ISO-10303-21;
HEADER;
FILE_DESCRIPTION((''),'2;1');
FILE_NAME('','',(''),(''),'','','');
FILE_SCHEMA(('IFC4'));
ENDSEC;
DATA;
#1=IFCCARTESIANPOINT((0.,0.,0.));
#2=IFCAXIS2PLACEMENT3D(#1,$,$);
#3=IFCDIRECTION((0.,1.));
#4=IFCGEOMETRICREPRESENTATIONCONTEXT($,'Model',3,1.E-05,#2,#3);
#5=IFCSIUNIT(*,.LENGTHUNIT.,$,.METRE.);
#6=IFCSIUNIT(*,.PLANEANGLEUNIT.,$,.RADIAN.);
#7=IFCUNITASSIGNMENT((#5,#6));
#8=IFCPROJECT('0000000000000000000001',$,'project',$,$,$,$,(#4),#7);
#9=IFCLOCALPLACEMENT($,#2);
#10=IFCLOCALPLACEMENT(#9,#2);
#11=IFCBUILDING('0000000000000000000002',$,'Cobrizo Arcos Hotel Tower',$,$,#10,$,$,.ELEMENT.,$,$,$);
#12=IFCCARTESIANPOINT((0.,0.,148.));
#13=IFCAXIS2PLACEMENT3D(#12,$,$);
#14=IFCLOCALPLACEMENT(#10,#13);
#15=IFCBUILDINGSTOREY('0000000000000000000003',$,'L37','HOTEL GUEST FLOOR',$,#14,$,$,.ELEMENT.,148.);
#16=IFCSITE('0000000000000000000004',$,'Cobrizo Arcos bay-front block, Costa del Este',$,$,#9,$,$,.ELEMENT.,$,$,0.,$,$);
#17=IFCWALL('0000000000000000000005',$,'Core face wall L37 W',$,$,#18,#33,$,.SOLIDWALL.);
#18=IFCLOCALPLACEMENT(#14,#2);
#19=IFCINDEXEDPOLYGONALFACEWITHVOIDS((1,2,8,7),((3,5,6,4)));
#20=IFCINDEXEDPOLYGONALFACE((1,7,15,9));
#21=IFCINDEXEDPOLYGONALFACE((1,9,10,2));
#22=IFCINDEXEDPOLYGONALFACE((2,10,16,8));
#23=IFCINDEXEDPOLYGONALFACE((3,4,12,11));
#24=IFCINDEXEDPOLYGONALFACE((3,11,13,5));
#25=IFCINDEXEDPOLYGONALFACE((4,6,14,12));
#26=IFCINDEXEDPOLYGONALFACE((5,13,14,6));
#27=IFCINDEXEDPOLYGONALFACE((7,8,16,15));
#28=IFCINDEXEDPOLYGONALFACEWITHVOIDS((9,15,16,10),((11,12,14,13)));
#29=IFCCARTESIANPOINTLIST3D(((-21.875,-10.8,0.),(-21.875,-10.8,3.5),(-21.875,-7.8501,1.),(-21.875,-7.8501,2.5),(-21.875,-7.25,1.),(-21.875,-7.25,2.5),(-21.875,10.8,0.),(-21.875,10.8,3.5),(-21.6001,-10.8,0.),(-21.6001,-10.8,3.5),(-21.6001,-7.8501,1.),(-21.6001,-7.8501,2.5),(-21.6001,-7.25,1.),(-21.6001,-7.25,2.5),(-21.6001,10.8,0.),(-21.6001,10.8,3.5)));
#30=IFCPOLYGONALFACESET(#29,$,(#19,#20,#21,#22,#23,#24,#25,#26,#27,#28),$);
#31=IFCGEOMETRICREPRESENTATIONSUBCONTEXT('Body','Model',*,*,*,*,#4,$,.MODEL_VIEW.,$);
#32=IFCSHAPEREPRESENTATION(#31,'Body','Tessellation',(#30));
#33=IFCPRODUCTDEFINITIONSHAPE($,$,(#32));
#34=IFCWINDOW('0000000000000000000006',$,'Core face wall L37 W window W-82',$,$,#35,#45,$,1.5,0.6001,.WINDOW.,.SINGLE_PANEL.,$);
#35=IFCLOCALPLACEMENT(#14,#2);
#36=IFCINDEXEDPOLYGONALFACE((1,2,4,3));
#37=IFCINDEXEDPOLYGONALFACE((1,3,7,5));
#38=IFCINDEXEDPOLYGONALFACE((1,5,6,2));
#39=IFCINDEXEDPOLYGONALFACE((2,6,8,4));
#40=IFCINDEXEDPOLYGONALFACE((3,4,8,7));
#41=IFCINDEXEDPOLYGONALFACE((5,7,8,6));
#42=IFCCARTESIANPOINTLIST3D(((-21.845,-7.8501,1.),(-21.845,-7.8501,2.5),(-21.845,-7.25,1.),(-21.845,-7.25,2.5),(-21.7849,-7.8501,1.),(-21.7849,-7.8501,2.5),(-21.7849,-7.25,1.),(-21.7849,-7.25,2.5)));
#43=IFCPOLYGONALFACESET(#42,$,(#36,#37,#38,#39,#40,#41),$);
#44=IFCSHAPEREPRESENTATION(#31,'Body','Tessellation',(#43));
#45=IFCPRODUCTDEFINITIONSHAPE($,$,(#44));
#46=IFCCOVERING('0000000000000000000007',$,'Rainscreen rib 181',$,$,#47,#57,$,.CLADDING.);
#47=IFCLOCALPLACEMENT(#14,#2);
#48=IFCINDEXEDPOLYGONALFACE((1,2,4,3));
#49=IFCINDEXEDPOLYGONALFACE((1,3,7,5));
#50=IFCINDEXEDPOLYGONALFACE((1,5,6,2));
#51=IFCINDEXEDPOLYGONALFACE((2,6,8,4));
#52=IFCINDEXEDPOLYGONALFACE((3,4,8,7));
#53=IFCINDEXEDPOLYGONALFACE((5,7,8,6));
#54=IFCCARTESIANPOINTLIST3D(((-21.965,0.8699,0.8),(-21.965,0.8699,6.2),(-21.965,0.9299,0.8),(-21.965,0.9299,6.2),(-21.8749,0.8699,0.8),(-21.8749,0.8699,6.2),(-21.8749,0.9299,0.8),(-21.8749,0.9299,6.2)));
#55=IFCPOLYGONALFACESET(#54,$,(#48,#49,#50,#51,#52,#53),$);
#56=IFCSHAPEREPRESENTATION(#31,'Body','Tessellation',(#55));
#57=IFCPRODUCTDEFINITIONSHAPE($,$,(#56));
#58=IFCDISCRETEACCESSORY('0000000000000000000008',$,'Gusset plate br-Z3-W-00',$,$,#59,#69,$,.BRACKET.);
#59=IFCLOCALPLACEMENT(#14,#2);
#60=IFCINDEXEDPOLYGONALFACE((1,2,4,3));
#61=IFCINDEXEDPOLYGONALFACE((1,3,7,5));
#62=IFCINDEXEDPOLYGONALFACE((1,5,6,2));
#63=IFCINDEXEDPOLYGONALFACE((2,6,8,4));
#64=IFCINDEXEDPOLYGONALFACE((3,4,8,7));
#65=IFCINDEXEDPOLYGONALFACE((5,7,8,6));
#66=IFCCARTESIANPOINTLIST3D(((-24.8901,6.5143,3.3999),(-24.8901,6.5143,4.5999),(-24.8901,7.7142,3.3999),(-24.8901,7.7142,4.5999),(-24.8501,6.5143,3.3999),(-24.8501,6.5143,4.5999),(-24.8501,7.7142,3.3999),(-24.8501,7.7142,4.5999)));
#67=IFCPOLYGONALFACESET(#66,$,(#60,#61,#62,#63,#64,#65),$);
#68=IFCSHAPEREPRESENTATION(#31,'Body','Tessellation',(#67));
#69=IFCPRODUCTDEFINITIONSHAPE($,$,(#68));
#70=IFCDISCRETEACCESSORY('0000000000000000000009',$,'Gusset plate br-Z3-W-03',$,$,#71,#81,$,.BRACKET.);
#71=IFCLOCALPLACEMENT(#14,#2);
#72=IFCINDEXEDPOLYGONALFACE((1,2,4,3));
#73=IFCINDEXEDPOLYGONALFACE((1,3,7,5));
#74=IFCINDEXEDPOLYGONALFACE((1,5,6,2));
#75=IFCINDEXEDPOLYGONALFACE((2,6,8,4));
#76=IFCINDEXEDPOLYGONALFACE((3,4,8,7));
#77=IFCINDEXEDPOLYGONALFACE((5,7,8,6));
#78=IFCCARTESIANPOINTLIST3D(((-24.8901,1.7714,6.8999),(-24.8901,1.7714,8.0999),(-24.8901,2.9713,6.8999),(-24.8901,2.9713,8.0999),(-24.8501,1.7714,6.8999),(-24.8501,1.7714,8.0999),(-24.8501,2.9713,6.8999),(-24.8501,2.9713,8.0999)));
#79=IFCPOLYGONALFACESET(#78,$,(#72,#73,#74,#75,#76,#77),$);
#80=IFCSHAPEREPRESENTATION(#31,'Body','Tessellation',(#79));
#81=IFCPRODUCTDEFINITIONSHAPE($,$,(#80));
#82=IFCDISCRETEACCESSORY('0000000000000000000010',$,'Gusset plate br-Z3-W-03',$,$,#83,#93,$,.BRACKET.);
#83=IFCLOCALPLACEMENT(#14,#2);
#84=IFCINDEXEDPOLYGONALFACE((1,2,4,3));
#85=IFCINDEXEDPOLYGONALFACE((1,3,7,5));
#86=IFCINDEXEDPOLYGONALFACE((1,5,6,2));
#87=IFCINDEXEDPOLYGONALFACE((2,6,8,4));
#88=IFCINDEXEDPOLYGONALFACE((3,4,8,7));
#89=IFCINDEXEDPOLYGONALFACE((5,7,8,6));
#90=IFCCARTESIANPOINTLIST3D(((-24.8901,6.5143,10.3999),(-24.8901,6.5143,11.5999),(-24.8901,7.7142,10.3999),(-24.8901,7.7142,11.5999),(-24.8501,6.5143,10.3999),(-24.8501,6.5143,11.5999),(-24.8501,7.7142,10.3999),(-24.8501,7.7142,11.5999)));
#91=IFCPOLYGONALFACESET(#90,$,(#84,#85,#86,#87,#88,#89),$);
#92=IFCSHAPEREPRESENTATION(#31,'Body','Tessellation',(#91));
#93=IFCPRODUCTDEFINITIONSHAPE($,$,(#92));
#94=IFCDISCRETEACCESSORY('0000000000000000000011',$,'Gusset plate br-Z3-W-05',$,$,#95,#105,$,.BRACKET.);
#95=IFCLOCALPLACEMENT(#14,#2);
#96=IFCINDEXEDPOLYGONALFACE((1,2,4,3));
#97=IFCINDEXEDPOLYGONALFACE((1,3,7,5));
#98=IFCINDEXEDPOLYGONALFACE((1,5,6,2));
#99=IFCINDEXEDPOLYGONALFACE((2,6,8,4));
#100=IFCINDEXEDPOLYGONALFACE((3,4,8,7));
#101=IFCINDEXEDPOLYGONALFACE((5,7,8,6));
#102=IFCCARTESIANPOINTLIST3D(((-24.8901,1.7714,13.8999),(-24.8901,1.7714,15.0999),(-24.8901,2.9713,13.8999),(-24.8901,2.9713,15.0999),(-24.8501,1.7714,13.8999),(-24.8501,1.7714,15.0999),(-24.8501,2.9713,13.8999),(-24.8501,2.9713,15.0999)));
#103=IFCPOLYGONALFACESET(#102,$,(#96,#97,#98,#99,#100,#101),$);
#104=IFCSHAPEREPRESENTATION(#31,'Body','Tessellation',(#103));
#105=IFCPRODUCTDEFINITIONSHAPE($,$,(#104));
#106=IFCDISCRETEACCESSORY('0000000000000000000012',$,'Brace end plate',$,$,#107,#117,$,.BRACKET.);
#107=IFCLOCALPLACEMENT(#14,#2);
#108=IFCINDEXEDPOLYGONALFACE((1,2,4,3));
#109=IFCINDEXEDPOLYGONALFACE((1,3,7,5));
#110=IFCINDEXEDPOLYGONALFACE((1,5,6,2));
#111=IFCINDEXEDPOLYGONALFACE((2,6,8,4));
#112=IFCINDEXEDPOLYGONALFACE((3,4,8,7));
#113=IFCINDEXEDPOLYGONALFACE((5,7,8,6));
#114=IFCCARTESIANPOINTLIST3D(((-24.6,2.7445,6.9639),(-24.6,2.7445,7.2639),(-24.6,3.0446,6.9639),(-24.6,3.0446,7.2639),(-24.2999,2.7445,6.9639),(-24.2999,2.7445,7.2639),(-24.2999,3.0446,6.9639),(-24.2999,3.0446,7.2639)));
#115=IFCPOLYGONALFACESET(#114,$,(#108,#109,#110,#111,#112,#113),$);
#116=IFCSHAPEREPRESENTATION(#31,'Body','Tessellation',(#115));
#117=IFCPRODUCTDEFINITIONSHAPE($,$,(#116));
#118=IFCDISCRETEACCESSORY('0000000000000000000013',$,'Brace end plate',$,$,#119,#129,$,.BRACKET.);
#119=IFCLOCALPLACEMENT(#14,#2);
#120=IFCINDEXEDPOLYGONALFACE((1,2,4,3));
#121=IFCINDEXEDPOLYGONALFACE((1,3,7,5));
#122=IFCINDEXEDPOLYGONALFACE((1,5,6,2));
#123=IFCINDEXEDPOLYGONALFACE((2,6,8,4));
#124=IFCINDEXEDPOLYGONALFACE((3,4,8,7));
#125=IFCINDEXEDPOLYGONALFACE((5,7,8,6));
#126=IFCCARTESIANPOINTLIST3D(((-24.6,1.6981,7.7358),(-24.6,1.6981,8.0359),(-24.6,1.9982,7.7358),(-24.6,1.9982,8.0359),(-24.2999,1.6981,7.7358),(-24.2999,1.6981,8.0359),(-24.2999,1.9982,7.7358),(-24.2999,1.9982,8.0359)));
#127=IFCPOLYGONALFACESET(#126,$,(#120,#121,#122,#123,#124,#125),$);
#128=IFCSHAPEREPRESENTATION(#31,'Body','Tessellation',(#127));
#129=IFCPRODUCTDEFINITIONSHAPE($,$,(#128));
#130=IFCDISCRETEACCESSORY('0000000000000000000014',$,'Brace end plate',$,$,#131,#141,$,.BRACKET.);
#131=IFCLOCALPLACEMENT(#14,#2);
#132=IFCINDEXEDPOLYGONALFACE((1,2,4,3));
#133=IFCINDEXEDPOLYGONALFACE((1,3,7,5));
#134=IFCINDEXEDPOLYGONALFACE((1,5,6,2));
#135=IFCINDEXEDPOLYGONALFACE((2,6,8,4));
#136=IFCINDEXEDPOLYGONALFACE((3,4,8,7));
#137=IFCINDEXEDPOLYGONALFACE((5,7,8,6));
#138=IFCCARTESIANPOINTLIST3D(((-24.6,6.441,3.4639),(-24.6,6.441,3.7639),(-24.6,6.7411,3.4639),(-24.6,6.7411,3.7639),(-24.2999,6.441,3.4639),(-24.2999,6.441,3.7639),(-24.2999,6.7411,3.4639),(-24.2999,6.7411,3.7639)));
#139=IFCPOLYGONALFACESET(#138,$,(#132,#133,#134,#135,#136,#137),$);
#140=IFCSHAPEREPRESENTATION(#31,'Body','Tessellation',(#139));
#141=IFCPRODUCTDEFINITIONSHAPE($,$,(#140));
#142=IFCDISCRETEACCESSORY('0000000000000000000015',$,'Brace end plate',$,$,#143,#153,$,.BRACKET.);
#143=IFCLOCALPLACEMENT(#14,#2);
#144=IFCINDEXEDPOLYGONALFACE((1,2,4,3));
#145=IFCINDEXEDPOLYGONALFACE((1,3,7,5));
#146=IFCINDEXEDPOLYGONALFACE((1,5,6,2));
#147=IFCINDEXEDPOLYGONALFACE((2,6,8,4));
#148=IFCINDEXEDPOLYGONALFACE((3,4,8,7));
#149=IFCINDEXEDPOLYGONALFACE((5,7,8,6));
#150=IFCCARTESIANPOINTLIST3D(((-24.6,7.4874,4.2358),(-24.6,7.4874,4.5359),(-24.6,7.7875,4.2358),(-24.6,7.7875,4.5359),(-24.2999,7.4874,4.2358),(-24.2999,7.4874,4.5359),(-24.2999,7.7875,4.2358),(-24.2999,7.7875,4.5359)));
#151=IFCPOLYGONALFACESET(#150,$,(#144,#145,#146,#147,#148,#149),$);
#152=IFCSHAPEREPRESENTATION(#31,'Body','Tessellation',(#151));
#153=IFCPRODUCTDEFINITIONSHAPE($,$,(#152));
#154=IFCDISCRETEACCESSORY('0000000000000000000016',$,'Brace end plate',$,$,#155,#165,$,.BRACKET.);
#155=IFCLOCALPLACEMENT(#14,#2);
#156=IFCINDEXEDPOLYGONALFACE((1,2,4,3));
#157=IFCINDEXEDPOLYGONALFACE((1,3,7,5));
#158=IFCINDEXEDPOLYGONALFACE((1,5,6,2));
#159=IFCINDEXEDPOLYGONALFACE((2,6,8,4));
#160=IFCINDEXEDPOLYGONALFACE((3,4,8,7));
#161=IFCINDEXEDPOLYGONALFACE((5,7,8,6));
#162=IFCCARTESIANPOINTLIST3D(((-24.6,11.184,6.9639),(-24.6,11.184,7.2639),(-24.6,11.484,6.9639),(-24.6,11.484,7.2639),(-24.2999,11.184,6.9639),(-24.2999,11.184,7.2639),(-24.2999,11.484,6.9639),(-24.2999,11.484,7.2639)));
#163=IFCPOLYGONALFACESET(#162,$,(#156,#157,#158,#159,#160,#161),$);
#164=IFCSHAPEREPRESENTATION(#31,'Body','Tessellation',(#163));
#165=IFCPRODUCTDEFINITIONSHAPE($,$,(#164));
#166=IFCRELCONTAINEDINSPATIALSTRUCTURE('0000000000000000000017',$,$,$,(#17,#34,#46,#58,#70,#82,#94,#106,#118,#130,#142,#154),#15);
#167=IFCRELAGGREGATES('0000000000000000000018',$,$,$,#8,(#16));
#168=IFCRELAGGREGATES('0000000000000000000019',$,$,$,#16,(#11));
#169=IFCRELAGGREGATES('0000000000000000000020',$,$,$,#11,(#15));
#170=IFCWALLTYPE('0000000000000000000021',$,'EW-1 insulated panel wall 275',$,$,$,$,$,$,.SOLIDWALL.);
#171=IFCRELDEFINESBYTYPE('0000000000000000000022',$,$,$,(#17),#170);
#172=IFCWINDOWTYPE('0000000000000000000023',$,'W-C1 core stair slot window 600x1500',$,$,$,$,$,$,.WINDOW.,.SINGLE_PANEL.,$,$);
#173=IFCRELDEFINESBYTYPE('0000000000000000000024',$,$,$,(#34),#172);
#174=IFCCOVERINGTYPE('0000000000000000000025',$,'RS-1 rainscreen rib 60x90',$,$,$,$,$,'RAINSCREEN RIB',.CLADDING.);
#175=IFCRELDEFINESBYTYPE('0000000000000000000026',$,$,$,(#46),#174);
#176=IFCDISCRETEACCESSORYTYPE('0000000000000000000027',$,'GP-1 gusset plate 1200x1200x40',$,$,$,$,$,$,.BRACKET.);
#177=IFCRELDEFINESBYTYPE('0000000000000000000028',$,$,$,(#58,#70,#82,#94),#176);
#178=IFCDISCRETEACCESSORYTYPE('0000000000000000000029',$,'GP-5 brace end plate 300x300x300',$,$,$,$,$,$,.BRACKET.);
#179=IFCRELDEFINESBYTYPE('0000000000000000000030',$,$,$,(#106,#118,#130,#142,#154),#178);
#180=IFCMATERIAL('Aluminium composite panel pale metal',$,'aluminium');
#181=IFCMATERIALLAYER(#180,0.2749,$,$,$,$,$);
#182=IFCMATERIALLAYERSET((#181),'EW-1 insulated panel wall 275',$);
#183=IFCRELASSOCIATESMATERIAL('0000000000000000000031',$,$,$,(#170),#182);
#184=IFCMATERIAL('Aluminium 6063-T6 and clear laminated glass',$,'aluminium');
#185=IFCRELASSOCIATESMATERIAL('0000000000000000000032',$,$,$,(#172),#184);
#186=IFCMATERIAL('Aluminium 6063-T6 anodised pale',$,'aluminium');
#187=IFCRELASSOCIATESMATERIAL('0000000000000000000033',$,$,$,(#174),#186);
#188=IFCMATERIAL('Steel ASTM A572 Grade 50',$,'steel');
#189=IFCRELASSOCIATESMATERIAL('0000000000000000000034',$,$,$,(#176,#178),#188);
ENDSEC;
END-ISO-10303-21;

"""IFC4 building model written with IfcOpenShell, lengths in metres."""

from ifc_helpers import new_model, si_unit, direction, frame, frame_2d, origin, origin_2d, place, context, subcontext, project, spatial, rectangle, extrude, material, layer, layer_set, type_object, element, fill, save


model = new_model("IFC4")

# Units and contexts
model_context = context("Model", 3, precision=1e-05, world=origin(), true_north=direction((0.0, 1.0)))
body_context = subcontext(model_context, "Body", "Model", "MODEL_VIEW")
ifc_project = project(units=[si_unit("LENGTHUNIT", "METRE"), si_unit("PLANEANGLEUNIT", "RADIAN")], contexts=[model_context])

# Site, building, storey
site_placement = place(None, origin())
site = spatial("IfcSite", under=ifc_project, at=site_placement, Name="Cobrizo Arcos bay-front block, Costa del Este", CompositionType="ELEMENT", RefElevation=0.0)
building_placement = place(site_placement, origin())
building = spatial("IfcBuilding", under=site, at=building_placement, Name="Cobrizo Arcos Hotel Tower", CompositionType="ELEMENT")
storey_placement = place(building_placement, frame((0.0, 0.0, 148.0)))
storey = spatial("IfcBuildingStorey", under=building, at=storey_placement, Name="L37", Description="HOTEL GUEST FLOOR", CompositionType="ELEMENT", Elevation=148.0)

# Shared definitions
ifc_material_1 = material(Name="Steel ASTM A572 Grade 50", Category="steel")

# Shared definitions
ifc_material_2 = material(Name="Aluminium composite panel pale metal", Category="aluminium")

# Wall, opening, window
ifc_layer_1 = layer(ifc_material_2, 0.2749)
ifc_layer_set_1 = layer_set([ifc_layer_1], Name="EW-1 insulated panel wall 275")
wall_type_1 = type_object("IfcWallType", Name="EW-1 insulated panel wall 275", PredefinedType="SOLIDWALL", material=ifc_layer_set_1)
wall_1_placement = place(storey_placement, frame((-21.7375, 10.8, 0.0), z_axis=(0.0, 0.0, 1.0), x_axis=(0.0, -1.0, 0.0)))
wall_1 = element("IfcWall", 1, at=wall_1_placement, inside=storey, type_object=wall_type_1, Name="Core face wall L37 W", PredefinedType="SOLIDWALL", context=body_context, shape_type="SweptSolid", body=[
    extrude(rectangle(XDim=21.6001, YDim=0.2749, at=frame_2d((10.8, 0.0))), origin(), (0.0, 0.0, 1.0), 3.5),
])
opening_1_placement = place(wall_1_placement, frame((18.05, 0.0, 1.0)))
opening_1 = element("IfcOpeningElement", 2, at=opening_1_placement, cuts=wall_1, PredefinedType="OPENING", context=body_context, shape_type="SweptSolid", body=[
    extrude(rectangle(XDim=0.6001, YDim=1.5, at=frame_2d((0.3, 0.75))), frame((0.0, 0.1494, 0.0), z_axis=(0.0, -1.0, 0.0), x_axis=(1.0, 0.0, 0.0)), (0.0, 0.0, 1.0), 0.2988),
])
ifc_material_3 = material(Name="Aluminium 6063-T6 and clear laminated glass", Category="aluminium")
window_type = type_object("IfcWindowType", Name="W-C1 core stair slot window 600x1500", PartitioningType="SINGLE_PANEL", PredefinedType="WINDOW", material=ifc_material_3)
window_placement = place(opening_1_placement, origin())
window = element("IfcWindow", 3, at=window_placement, inside=storey, type_object=window_type, Name="Core face wall L37 W window W-82", OverallHeight=1.5, OverallWidth=0.6001, PartitioningType="SINGLE_PANEL", PredefinedType="WINDOW", context=body_context, shape_type="SweptSolid", body=[
    extrude(rectangle(XDim=0.6001, YDim=1.5, at=frame_2d((0.3, 0.75))), frame((0.0, -0.0474, 0.0), z_axis=(0.0, -1.0, 0.0), x_axis=(1.0, 0.0, 0.0)), (0.0, 0.0, 1.0), 0.0601),
])
fill(opening_1, window)

# Covering
ifc_material_4 = material(Name="Aluminium 6063-T6 anodised pale", Category="aluminium")
covering_type = type_object("IfcCoveringType", Name="RS-1 rainscreen rib 60x90", ElementType="RAINSCREEN RIB", PredefinedType="CLADDING", material=ifc_material_4)
covering_placement = place(storey_placement, frame((-21.9199, 0.8999, 0.8), z_axis=(0.0, 0.0, 1.0), x_axis=(0.0, -1.0, 0.0)))
element("IfcCovering", 4, at=covering_placement, inside=storey, type_object=covering_type, Name="Rainscreen rib 181", PredefinedType="CLADDING", context=body_context, shape_type="SweptSolid", body=[
    extrude(rectangle(XDim=0.0601, YDim=0.0901, at=origin_2d()), origin(), (0.0, 0.0, 1.0), 5.3999),
])

# Discrete accessories
discrete_accessory_type_1 = type_object("IfcDiscreteAccessoryType", Name="GP-1 gusset plate 1200x1200x40", PredefinedType="BRACKET", material=ifc_material_1)
for number, where, z_axis, x_axis, name in (
    (5, (-24.8701, 7.1143, 3.3999), (0.0, 0.0, 1.0), (1.0, 0.0, 0.0), "Gusset plate br-Z3-W-00"),
    (6, (-24.8701, 2.3713, 6.8999), (0.0, 0.0, 1.0), (1.0, 0.0, 0.0), "Gusset plate br-Z3-W-03"),
    (7, (-24.8701, 7.1143, 10.3999), (0.0, 0.0, 1.0), (1.0, 0.0, 0.0), "Gusset plate br-Z3-W-03"),
    (8, (-24.8701, 2.3713, 13.8999), (0.0, 0.0, 1.0), (1.0, 0.0, 0.0), "Gusset plate br-Z3-W-05"),
):
    element("IfcDiscreteAccessory", number, at=place(storey_placement, frame(where, z_axis=z_axis, x_axis=x_axis)), inside=storey, type_object=discrete_accessory_type_1, Name=name, PredefinedType="BRACKET", context=body_context, shape_type="SweptSolid", body=[
        extrude(rectangle(XDim=0.04, YDim=1.2, at=origin_2d()), origin(), (0.0, 0.0, 1.0), 1.2),
    ])
discrete_accessory_type_2 = type_object("IfcDiscreteAccessoryType", Name="GP-5 brace end plate 300x300x300", PredefinedType="BRACKET", material=ifc_material_1)
for number, where, z_axis, x_axis, name in (
    (9, (-24.45, 2.8945, 6.9639), (0.0, 0.0, 1.0), (1.0, 0.0, 0.0), "Brace end plate"),
    (10, (-24.45, 1.8481, 7.7358), (0.0, 0.0, 1.0), (1.0, 0.0, 0.0), "Brace end plate"),
    (11, (-24.45, 6.5911, 3.4639), (0.0, 0.0, 1.0), (1.0, 0.0, 0.0), "Brace end plate"),
    (12, (-24.45, 7.6375, 4.2358), (0.0, 0.0, 1.0), (1.0, 0.0, 0.0), "Brace end plate"),
    (13, (-24.45, 11.334, 6.9639), (0.0, 0.0, 1.0), (1.0, 0.0, 0.0), "Brace end plate"),
):
    element("IfcDiscreteAccessory", number, at=place(storey_placement, frame(where, z_axis=z_axis, x_axis=x_axis)), inside=storey, type_object=discrete_accessory_type_2, Name=name, PredefinedType="BRACKET", context=body_context, shape_type="SweptSolid", body=[
        extrude(rectangle(XDim=0.3, YDim=0.3, at=origin_2d()), origin(), (0.0, 0.0, 1.0), 0.3),
    ])

save(model, "model.ifc")
